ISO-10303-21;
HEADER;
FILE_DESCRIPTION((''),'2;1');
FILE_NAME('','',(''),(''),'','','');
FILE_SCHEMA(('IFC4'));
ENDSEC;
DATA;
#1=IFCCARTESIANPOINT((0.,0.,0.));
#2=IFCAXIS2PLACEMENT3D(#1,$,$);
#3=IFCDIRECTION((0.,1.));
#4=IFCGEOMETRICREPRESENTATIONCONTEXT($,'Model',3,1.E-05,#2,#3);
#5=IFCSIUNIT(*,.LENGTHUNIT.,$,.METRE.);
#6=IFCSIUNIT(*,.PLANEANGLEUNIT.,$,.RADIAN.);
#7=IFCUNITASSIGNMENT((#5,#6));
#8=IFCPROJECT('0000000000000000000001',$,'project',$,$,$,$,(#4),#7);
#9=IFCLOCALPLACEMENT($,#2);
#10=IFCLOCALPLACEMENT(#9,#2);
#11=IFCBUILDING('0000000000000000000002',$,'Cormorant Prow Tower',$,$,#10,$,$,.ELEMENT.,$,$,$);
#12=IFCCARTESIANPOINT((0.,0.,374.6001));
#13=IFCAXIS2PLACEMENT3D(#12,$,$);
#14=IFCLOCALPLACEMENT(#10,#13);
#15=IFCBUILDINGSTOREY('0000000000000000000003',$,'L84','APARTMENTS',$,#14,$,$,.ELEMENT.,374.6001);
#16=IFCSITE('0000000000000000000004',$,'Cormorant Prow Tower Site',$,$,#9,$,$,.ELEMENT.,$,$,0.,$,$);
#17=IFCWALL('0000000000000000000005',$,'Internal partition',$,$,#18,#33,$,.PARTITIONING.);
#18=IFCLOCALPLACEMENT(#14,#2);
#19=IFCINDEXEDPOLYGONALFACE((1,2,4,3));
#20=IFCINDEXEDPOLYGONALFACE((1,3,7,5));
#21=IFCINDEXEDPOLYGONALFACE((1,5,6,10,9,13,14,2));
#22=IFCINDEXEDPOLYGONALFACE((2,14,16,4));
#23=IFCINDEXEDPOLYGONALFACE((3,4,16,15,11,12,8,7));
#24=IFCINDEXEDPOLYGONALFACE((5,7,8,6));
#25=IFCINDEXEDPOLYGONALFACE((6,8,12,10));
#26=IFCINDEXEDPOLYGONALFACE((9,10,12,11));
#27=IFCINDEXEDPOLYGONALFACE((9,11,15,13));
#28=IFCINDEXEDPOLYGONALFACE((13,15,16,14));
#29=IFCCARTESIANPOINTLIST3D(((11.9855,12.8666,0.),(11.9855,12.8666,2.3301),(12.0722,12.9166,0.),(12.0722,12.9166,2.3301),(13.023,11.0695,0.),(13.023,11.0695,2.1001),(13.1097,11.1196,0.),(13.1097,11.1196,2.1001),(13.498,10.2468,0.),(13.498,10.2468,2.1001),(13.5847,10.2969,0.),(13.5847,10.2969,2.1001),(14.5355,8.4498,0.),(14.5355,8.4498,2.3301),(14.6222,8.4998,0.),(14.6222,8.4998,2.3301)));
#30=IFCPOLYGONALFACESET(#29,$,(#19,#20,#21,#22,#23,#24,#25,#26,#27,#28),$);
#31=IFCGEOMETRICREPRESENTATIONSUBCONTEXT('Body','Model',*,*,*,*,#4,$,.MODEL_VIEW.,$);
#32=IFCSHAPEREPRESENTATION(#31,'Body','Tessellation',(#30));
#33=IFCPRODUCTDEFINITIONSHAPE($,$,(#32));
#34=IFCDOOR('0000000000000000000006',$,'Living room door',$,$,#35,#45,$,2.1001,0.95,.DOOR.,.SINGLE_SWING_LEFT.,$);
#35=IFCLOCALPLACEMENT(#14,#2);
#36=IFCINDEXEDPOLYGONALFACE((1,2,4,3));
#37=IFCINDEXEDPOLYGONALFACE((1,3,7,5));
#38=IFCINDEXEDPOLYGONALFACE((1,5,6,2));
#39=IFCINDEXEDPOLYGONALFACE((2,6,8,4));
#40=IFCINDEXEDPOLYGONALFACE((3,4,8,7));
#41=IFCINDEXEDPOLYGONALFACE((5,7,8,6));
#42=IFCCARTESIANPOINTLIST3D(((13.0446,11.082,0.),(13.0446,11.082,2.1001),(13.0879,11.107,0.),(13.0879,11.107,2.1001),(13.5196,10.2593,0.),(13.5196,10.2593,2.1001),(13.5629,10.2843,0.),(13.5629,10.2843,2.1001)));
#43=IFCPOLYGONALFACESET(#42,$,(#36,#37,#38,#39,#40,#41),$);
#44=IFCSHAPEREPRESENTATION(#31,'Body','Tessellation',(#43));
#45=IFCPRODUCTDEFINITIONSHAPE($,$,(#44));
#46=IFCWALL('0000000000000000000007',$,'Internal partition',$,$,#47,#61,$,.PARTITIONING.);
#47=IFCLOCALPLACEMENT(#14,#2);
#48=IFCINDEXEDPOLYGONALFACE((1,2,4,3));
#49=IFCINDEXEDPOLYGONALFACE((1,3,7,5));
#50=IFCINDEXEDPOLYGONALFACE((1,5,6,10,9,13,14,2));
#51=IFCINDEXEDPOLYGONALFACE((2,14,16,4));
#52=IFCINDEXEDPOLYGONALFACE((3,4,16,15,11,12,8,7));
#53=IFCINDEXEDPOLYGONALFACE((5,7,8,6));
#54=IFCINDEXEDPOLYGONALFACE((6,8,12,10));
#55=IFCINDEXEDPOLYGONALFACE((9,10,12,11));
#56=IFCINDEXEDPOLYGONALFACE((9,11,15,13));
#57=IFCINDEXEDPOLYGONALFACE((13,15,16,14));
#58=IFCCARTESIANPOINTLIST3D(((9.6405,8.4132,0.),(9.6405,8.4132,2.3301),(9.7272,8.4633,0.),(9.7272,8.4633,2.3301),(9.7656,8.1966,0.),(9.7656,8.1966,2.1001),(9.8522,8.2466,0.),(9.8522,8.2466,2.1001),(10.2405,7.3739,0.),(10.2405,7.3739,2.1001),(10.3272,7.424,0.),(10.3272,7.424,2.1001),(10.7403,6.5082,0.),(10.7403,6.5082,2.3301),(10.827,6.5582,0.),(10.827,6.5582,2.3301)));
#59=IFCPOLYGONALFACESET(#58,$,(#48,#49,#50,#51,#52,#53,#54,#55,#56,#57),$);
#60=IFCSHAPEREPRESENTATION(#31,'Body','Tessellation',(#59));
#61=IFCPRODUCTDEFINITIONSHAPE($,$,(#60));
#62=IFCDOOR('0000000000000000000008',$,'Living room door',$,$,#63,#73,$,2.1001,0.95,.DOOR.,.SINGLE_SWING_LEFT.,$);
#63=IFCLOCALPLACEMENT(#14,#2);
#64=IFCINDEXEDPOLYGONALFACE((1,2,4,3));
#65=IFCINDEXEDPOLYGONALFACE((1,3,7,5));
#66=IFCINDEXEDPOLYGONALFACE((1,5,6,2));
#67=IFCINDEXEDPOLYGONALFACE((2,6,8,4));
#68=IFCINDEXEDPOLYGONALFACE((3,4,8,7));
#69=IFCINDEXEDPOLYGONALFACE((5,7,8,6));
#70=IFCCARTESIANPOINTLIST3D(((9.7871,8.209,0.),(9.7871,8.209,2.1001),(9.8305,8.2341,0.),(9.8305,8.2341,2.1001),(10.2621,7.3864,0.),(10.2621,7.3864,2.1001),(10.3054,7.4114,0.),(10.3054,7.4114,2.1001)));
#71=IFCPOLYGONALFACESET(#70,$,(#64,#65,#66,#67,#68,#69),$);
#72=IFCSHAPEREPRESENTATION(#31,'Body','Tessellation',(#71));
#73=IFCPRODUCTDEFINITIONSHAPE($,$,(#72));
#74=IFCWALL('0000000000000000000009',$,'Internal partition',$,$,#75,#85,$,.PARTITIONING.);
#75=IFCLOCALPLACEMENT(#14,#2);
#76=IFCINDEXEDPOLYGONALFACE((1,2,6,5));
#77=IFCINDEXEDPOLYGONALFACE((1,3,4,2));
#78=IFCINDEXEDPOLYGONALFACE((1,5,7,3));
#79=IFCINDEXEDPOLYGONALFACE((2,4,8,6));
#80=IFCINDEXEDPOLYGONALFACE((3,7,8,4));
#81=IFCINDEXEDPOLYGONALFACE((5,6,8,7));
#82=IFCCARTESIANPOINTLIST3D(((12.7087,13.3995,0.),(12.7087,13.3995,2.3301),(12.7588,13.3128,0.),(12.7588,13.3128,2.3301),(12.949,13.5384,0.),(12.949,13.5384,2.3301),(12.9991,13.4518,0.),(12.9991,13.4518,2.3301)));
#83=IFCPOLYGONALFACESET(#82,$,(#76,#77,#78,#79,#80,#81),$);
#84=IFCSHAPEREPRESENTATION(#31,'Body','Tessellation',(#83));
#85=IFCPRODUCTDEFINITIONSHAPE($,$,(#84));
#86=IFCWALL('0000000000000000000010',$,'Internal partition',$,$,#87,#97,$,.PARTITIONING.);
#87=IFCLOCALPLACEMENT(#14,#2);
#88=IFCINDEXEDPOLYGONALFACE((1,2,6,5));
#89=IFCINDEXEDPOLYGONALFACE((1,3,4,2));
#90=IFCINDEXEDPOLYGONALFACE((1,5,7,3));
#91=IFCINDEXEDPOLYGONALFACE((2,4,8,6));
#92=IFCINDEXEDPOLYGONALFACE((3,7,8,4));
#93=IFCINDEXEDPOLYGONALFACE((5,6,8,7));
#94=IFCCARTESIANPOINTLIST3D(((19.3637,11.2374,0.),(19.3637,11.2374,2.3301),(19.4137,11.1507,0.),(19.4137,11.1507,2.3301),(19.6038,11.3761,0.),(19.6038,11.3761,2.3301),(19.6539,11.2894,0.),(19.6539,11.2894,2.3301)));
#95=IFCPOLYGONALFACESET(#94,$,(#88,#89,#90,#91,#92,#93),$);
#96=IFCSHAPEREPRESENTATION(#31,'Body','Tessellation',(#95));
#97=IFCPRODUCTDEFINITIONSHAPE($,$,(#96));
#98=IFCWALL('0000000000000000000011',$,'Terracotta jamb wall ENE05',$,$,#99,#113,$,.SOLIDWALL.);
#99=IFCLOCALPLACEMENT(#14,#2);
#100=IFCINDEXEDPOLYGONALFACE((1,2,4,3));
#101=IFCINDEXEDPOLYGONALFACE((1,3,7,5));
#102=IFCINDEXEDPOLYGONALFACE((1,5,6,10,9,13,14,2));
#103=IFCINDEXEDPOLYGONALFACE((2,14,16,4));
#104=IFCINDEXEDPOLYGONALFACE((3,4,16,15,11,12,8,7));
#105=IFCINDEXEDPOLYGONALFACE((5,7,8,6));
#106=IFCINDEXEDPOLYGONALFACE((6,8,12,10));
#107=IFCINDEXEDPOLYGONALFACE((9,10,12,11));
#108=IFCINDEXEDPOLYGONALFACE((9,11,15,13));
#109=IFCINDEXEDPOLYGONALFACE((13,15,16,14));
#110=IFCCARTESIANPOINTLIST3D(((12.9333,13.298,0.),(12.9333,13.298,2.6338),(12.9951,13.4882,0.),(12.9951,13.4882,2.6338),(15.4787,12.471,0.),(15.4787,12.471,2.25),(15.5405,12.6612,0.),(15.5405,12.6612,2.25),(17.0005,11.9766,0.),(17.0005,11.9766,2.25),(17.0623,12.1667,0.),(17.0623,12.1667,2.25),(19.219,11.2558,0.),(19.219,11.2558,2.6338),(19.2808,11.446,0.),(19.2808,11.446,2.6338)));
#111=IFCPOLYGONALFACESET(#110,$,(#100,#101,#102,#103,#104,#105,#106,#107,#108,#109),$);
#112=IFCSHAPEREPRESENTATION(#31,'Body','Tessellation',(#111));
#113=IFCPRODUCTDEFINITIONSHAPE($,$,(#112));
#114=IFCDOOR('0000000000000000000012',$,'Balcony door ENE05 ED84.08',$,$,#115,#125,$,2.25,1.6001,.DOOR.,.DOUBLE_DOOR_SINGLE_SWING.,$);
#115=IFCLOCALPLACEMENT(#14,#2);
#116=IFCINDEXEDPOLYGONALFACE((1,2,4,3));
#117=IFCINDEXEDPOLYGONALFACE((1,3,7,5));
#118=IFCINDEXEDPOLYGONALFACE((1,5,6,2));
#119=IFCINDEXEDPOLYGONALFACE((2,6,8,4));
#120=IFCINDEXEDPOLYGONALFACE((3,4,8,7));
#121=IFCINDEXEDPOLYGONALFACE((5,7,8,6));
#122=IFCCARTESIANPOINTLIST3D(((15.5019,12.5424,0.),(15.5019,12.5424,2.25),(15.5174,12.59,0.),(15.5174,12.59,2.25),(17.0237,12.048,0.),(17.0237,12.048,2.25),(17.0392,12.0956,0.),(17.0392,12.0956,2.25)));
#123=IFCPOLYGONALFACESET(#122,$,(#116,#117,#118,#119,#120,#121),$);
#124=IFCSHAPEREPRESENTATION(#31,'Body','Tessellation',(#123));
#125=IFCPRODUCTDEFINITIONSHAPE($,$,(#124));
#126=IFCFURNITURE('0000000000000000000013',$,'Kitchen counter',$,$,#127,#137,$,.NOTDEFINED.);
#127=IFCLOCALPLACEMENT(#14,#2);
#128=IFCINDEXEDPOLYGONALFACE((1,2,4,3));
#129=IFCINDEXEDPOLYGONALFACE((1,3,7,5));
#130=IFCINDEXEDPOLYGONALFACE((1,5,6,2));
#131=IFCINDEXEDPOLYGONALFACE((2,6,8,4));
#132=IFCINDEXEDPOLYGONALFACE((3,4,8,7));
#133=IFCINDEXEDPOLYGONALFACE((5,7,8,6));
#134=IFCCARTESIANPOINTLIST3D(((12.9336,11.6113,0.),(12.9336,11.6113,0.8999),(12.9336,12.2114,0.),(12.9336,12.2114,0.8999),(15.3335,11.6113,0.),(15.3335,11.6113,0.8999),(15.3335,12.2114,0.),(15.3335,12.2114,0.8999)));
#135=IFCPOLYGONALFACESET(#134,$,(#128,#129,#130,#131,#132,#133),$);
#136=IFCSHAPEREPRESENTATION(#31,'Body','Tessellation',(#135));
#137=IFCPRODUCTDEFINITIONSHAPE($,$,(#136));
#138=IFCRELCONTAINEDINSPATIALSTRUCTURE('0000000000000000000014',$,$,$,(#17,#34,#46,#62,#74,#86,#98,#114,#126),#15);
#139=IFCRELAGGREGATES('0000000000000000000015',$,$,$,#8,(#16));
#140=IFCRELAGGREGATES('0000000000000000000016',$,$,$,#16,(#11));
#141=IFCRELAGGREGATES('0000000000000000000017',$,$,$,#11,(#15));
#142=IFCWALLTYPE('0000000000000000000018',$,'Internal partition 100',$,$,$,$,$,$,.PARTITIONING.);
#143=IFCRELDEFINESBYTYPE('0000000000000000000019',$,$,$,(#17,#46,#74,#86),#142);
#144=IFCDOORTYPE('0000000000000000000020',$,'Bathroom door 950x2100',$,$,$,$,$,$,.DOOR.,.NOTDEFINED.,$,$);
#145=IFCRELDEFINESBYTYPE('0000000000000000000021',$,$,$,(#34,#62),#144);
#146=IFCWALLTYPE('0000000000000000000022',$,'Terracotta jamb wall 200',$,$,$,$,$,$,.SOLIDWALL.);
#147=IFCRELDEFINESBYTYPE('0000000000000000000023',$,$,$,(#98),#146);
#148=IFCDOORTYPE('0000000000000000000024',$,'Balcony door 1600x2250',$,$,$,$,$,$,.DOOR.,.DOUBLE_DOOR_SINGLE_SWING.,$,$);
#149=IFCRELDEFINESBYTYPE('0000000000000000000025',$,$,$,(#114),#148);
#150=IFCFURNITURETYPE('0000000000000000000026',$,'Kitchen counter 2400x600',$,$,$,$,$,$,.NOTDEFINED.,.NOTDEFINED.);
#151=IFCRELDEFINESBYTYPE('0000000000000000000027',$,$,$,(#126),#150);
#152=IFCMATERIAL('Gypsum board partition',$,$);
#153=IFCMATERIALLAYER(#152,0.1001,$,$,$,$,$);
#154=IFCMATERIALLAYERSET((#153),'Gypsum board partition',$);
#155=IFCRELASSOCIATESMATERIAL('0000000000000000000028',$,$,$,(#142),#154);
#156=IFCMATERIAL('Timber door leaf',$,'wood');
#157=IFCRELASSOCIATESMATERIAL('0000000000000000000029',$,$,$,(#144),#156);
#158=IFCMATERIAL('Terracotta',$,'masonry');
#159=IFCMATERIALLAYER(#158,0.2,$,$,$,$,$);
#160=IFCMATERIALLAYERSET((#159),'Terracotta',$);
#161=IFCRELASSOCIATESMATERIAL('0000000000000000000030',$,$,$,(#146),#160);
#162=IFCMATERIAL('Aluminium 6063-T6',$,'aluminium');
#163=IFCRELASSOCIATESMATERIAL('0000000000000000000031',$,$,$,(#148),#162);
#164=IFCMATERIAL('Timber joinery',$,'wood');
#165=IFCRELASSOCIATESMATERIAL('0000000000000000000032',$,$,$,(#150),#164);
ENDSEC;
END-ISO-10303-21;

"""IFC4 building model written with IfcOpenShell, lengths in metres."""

from ifc_helpers import new_model, si_unit, direction, frame, frame_2d, origin, origin_2d, place, context, subcontext, project, spatial, rectangle, extrude, material, layer, layer_set, type_object, element, fill, save


model = new_model("IFC4")

# Units and contexts
model_context = context("Model", 3, precision=1e-05, world=origin(), true_north=direction((0.0, 1.0)))
body_context = subcontext(model_context, "Body", "Model", "MODEL_VIEW")
ifc_project = project(units=[si_unit("LENGTHUNIT", "METRE"), si_unit("PLANEANGLEUNIT", "RADIAN")], contexts=[model_context])

# Site, building, storey
site_placement = place(None, origin())
site = spatial("IfcSite", under=ifc_project, at=site_placement, Name="Cormorant Prow Tower Site", CompositionType="ELEMENT", RefElevation=0.0)
building_placement = place(site_placement, origin())
building = spatial("IfcBuilding", under=site, at=building_placement, Name="Cormorant Prow Tower", CompositionType="ELEMENT")
storey_placement = place(building_placement, frame((0.0, 0.0, 374.6001)))
storey = spatial("IfcBuildingStorey", under=building, at=storey_placement, Name="L84", Description="APARTMENTS", CompositionType="ELEMENT", Elevation=374.6001)

# Walls, openings, doors
ifc_material_1 = material(Name="Gypsum board partition")
ifc_layer_1 = layer(ifc_material_1, 0.1001)
ifc_layer_set_1 = layer_set([ifc_layer_1], Name="Gypsum board partition")
wall_type_1 = type_object("IfcWallType", Name="Internal partition 100", PredefinedType="PARTITIONING", material=ifc_layer_set_1)
ifc_material_2 = material(Name="Timber door leaf", Category="wood")
door_type_1 = type_object("IfcDoorType", Name="Bathroom door 950x2100", OperationType="NOTDEFINED", PredefinedType="DOOR", material=ifc_material_2)
wall_1_placement = place(storey_placement, frame((12.0288, 12.8916, 0.0), z_axis=(0.0, 0.0, 1.0), x_axis=(0.500006, -0.866022, 0.0)))
wall_1 = element("IfcWall", 1, at=wall_1_placement, inside=storey, type_object=wall_type_1, Name="Internal partition", PredefinedType="PARTITIONING", context=body_context, shape_type="SweptSolid", body=[
    extrude(rectangle(XDim=5.1001, YDim=0.1001, at=frame_2d((2.55, 0.0))), origin(), (0.0, 0.0, 1.0), 2.3301),
])
opening_1_placement = place(wall_1_placement, frame((2.075, 0.0, 0.0)))
opening_1 = element("IfcOpeningElement", 2, at=opening_1_placement, cuts=wall_1, PredefinedType="OPENING", context=body_context, shape_type="SweptSolid", body=[
    extrude(rectangle(XDim=0.95, YDim=2.1001, at=frame_2d((0.4751, 1.05))), frame((0.0, 0.0601, 0.0), z_axis=(0.0, -1.0, 0.0), x_axis=(1.0, 0.0, 0.0)), (0.0, 0.0, 1.0), 0.1201),
])
door_1_placement = place(opening_1_placement, origin())
door_1 = element("IfcDoor", 3, at=door_1_placement, inside=storey, type_object=door_type_1, Name="Living room door", OperationType="SINGLE_SWING_LEFT", OverallHeight=2.1001, OverallWidth=0.95, PredefinedType="DOOR", context=body_context, shape_type="SweptSolid", body=[
    extrude(rectangle(XDim=0.95, YDim=2.1001, at=frame_2d((0.4751, 1.05))), frame((0.0, 0.0249, 0.0), z_axis=(0.0, -1.0, 0.0), x_axis=(1.0, 0.0, 0.0)), (0.0, 0.0, 1.0), 0.05),
])
fill(opening_1, door_1)
wall_2_placement = place(storey_placement, frame((9.6838, 8.4382, 0.0), z_axis=(0.0, 0.0, 1.0), x_axis=(0.499995, -0.866028, 0.0)))
wall_2 = element("IfcWall", 4, at=wall_2_placement, inside=storey, type_object=wall_type_1, Name="Internal partition", PredefinedType="PARTITIONING", context=body_context, shape_type="SweptSolid", body=[
    extrude(rectangle(XDim=2.1997, YDim=0.1001, at=frame_2d((1.0999, 0.0))), origin(), (0.0, 0.0, 1.0), 2.3301),
])
opening_2_placement = place(wall_2_placement, frame((0.25, 0.0, 0.0)))
opening_2 = element("IfcOpeningElement", 5, at=opening_2_placement, cuts=wall_2, PredefinedType="OPENING", context=body_context, shape_type="SweptSolid", body=[
    extrude(rectangle(XDim=0.95, YDim=2.1001, at=frame_2d((0.4751, 1.05))), frame((0.0, 0.0601, 0.0), z_axis=(0.0, -1.0, 0.0), x_axis=(1.0, 0.0, 0.0)), (0.0, 0.0, 1.0), 0.1201),
])
door_2_placement = place(opening_2_placement, origin())
door_2 = element("IfcDoor", 6, at=door_2_placement, inside=storey, type_object=door_type_1, Name="Living room door", OperationType="SINGLE_SWING_LEFT", OverallHeight=2.1001, OverallWidth=0.95, PredefinedType="DOOR", context=body_context, shape_type="SweptSolid", body=[
    extrude(rectangle(XDim=0.95, YDim=2.1001, at=frame_2d((0.4751, 1.05))), frame((0.0, 0.0249, 0.0), z_axis=(0.0, -1.0, 0.0), x_axis=(1.0, 0.0, 0.0)), (0.0, 0.0, 1.0), 0.05),
])
fill(opening_2, door_2)

# Walls
wall_3_placement = place(storey_placement, frame((12.7339, 13.3562, 0.0), z_axis=(0.0, 0.0, 1.0), x_axis=(0.865687, 0.500585, 0.0)))
element("IfcWall", 7, at=wall_3_placement, inside=storey, type_object=wall_type_1, Name="Internal partition", PredefinedType="PARTITIONING", context=body_context, shape_type="SweptSolid", body=[
    extrude(rectangle(XDim=0.2776, YDim=0.1001, at=frame_2d((0.1387, 0.0))), origin(), (0.0, 0.0, 1.0), 2.3301),
])
wall_4_placement = place(storey_placement, frame((19.3887, 11.1941, 0.0), z_axis=(0.0, 0.0, 1.0), x_axis=(0.866068, 0.499926, 0.0)))
element("IfcWall", 8, at=wall_4_placement, inside=storey, type_object=wall_type_1, Name="Internal partition", PredefinedType="PARTITIONING", context=body_context, shape_type="SweptSolid", body=[
    extrude(rectangle(XDim=0.2773, YDim=0.1001, at=frame_2d((0.1387, 0.0))), origin(), (0.0, 0.0, 1.0), 2.3301),
])

# Wall, opening, door
ifc_material_3 = material(Name="Terracotta", Category="masonry")
ifc_layer_2 = layer(ifc_material_3, 0.2)
ifc_layer_set_2 = layer_set([ifc_layer_2], Name="Terracotta")
wall_type_2 = type_object("IfcWallType", Name="Terracotta jamb wall 200", PredefinedType="SOLIDWALL", material=ifc_layer_set_2)
wall_5_placement = place(storey_placement, frame((19.25, 11.3508, 0.0), z_axis=(0.0, 0.0, 1.0), x_axis=(-0.951061, 0.309004, 0.0)))
wall_5 = element("IfcWall", 9, at=wall_5_placement, inside=storey, type_object=wall_type_2, Name="Terracotta jamb wall ENE05", PredefinedType="SOLIDWALL", context=body_context, shape_type="SweptSolid", body=[
    extrude(rectangle(XDim=6.6091, YDim=0.2, at=frame_2d((3.3047, 0.0))), origin(), (0.0, 0.0, 1.0), 2.6338),
])
opening_3_placement = place(wall_5_placement, frame((2.3328, 0.0, 0.0)))
opening_3 = element("IfcOpeningElement", 10, at=opening_3_placement, cuts=wall_5, PredefinedType="OPENING", context=body_context, shape_type="SweptSolid", body=[
    extrude(rectangle(XDim=1.6001, YDim=2.25, at=frame_2d((0.8, 1.125))), frame((0.0, 0.1099, 0.0), z_axis=(0.0, -1.0, 0.0), x_axis=(1.0, 0.0, 0.0)), (0.0, 0.0, 1.0), 0.22),
])
ifc_material_4 = material(Name="Aluminium 6063-T6", Category="aluminium")
door_type_2 = type_object("IfcDoorType", Name="Balcony door 1600x2250", OperationType="DOUBLE_DOOR_SINGLE_SWING", PredefinedType="DOOR", material=ifc_material_4)
door_3_placement = place(opening_3_placement, origin())
door_3 = element("IfcDoor", 11, at=door_3_placement, inside=storey, type_object=door_type_2, Name="Balcony door ENE05 ED84.08", OperationType="DOUBLE_DOOR_SINGLE_SWING", OverallHeight=2.25, OverallWidth=1.6001, PredefinedType="DOOR", context=body_context, shape_type="SweptSolid", body=[
    extrude(rectangle(XDim=1.6001, YDim=2.25, at=frame_2d((0.8, 1.125))), frame((0.0, 0.0249, 0.0), z_axis=(0.0, -1.0, 0.0), x_axis=(1.0, 0.0, 0.0)), (0.0, 0.0, 1.0), 0.05),
])
fill(opening_3, door_3)

# Furniture
ifc_material_5 = material(Name="Timber joinery", Category="wood")
furniture_type = type_object("IfcFurnitureType", Name="Kitchen counter 2400x600", AssemblyPlace="NOTDEFINED", PredefinedType="NOTDEFINED", material=ifc_material_5)
furniture_placement = place(storey_placement, frame((14.1335, 11.9114, 0.0), z_axis=(0.0, 0.0, 1.0), x_axis=(1.0, 0.0, 0.0)))
element("IfcFurniture", 12, at=furniture_placement, inside=storey, type_object=furniture_type, Name="Kitchen counter", PredefinedType="NOTDEFINED", context=body_context, shape_type="SweptSolid", body=[
    extrude(rectangle(XDim=2.3999, YDim=0.6001, at=origin_2d()), origin(), (0.0, 0.0, 1.0), 0.8999),
])

save(model, "model.ifc")
